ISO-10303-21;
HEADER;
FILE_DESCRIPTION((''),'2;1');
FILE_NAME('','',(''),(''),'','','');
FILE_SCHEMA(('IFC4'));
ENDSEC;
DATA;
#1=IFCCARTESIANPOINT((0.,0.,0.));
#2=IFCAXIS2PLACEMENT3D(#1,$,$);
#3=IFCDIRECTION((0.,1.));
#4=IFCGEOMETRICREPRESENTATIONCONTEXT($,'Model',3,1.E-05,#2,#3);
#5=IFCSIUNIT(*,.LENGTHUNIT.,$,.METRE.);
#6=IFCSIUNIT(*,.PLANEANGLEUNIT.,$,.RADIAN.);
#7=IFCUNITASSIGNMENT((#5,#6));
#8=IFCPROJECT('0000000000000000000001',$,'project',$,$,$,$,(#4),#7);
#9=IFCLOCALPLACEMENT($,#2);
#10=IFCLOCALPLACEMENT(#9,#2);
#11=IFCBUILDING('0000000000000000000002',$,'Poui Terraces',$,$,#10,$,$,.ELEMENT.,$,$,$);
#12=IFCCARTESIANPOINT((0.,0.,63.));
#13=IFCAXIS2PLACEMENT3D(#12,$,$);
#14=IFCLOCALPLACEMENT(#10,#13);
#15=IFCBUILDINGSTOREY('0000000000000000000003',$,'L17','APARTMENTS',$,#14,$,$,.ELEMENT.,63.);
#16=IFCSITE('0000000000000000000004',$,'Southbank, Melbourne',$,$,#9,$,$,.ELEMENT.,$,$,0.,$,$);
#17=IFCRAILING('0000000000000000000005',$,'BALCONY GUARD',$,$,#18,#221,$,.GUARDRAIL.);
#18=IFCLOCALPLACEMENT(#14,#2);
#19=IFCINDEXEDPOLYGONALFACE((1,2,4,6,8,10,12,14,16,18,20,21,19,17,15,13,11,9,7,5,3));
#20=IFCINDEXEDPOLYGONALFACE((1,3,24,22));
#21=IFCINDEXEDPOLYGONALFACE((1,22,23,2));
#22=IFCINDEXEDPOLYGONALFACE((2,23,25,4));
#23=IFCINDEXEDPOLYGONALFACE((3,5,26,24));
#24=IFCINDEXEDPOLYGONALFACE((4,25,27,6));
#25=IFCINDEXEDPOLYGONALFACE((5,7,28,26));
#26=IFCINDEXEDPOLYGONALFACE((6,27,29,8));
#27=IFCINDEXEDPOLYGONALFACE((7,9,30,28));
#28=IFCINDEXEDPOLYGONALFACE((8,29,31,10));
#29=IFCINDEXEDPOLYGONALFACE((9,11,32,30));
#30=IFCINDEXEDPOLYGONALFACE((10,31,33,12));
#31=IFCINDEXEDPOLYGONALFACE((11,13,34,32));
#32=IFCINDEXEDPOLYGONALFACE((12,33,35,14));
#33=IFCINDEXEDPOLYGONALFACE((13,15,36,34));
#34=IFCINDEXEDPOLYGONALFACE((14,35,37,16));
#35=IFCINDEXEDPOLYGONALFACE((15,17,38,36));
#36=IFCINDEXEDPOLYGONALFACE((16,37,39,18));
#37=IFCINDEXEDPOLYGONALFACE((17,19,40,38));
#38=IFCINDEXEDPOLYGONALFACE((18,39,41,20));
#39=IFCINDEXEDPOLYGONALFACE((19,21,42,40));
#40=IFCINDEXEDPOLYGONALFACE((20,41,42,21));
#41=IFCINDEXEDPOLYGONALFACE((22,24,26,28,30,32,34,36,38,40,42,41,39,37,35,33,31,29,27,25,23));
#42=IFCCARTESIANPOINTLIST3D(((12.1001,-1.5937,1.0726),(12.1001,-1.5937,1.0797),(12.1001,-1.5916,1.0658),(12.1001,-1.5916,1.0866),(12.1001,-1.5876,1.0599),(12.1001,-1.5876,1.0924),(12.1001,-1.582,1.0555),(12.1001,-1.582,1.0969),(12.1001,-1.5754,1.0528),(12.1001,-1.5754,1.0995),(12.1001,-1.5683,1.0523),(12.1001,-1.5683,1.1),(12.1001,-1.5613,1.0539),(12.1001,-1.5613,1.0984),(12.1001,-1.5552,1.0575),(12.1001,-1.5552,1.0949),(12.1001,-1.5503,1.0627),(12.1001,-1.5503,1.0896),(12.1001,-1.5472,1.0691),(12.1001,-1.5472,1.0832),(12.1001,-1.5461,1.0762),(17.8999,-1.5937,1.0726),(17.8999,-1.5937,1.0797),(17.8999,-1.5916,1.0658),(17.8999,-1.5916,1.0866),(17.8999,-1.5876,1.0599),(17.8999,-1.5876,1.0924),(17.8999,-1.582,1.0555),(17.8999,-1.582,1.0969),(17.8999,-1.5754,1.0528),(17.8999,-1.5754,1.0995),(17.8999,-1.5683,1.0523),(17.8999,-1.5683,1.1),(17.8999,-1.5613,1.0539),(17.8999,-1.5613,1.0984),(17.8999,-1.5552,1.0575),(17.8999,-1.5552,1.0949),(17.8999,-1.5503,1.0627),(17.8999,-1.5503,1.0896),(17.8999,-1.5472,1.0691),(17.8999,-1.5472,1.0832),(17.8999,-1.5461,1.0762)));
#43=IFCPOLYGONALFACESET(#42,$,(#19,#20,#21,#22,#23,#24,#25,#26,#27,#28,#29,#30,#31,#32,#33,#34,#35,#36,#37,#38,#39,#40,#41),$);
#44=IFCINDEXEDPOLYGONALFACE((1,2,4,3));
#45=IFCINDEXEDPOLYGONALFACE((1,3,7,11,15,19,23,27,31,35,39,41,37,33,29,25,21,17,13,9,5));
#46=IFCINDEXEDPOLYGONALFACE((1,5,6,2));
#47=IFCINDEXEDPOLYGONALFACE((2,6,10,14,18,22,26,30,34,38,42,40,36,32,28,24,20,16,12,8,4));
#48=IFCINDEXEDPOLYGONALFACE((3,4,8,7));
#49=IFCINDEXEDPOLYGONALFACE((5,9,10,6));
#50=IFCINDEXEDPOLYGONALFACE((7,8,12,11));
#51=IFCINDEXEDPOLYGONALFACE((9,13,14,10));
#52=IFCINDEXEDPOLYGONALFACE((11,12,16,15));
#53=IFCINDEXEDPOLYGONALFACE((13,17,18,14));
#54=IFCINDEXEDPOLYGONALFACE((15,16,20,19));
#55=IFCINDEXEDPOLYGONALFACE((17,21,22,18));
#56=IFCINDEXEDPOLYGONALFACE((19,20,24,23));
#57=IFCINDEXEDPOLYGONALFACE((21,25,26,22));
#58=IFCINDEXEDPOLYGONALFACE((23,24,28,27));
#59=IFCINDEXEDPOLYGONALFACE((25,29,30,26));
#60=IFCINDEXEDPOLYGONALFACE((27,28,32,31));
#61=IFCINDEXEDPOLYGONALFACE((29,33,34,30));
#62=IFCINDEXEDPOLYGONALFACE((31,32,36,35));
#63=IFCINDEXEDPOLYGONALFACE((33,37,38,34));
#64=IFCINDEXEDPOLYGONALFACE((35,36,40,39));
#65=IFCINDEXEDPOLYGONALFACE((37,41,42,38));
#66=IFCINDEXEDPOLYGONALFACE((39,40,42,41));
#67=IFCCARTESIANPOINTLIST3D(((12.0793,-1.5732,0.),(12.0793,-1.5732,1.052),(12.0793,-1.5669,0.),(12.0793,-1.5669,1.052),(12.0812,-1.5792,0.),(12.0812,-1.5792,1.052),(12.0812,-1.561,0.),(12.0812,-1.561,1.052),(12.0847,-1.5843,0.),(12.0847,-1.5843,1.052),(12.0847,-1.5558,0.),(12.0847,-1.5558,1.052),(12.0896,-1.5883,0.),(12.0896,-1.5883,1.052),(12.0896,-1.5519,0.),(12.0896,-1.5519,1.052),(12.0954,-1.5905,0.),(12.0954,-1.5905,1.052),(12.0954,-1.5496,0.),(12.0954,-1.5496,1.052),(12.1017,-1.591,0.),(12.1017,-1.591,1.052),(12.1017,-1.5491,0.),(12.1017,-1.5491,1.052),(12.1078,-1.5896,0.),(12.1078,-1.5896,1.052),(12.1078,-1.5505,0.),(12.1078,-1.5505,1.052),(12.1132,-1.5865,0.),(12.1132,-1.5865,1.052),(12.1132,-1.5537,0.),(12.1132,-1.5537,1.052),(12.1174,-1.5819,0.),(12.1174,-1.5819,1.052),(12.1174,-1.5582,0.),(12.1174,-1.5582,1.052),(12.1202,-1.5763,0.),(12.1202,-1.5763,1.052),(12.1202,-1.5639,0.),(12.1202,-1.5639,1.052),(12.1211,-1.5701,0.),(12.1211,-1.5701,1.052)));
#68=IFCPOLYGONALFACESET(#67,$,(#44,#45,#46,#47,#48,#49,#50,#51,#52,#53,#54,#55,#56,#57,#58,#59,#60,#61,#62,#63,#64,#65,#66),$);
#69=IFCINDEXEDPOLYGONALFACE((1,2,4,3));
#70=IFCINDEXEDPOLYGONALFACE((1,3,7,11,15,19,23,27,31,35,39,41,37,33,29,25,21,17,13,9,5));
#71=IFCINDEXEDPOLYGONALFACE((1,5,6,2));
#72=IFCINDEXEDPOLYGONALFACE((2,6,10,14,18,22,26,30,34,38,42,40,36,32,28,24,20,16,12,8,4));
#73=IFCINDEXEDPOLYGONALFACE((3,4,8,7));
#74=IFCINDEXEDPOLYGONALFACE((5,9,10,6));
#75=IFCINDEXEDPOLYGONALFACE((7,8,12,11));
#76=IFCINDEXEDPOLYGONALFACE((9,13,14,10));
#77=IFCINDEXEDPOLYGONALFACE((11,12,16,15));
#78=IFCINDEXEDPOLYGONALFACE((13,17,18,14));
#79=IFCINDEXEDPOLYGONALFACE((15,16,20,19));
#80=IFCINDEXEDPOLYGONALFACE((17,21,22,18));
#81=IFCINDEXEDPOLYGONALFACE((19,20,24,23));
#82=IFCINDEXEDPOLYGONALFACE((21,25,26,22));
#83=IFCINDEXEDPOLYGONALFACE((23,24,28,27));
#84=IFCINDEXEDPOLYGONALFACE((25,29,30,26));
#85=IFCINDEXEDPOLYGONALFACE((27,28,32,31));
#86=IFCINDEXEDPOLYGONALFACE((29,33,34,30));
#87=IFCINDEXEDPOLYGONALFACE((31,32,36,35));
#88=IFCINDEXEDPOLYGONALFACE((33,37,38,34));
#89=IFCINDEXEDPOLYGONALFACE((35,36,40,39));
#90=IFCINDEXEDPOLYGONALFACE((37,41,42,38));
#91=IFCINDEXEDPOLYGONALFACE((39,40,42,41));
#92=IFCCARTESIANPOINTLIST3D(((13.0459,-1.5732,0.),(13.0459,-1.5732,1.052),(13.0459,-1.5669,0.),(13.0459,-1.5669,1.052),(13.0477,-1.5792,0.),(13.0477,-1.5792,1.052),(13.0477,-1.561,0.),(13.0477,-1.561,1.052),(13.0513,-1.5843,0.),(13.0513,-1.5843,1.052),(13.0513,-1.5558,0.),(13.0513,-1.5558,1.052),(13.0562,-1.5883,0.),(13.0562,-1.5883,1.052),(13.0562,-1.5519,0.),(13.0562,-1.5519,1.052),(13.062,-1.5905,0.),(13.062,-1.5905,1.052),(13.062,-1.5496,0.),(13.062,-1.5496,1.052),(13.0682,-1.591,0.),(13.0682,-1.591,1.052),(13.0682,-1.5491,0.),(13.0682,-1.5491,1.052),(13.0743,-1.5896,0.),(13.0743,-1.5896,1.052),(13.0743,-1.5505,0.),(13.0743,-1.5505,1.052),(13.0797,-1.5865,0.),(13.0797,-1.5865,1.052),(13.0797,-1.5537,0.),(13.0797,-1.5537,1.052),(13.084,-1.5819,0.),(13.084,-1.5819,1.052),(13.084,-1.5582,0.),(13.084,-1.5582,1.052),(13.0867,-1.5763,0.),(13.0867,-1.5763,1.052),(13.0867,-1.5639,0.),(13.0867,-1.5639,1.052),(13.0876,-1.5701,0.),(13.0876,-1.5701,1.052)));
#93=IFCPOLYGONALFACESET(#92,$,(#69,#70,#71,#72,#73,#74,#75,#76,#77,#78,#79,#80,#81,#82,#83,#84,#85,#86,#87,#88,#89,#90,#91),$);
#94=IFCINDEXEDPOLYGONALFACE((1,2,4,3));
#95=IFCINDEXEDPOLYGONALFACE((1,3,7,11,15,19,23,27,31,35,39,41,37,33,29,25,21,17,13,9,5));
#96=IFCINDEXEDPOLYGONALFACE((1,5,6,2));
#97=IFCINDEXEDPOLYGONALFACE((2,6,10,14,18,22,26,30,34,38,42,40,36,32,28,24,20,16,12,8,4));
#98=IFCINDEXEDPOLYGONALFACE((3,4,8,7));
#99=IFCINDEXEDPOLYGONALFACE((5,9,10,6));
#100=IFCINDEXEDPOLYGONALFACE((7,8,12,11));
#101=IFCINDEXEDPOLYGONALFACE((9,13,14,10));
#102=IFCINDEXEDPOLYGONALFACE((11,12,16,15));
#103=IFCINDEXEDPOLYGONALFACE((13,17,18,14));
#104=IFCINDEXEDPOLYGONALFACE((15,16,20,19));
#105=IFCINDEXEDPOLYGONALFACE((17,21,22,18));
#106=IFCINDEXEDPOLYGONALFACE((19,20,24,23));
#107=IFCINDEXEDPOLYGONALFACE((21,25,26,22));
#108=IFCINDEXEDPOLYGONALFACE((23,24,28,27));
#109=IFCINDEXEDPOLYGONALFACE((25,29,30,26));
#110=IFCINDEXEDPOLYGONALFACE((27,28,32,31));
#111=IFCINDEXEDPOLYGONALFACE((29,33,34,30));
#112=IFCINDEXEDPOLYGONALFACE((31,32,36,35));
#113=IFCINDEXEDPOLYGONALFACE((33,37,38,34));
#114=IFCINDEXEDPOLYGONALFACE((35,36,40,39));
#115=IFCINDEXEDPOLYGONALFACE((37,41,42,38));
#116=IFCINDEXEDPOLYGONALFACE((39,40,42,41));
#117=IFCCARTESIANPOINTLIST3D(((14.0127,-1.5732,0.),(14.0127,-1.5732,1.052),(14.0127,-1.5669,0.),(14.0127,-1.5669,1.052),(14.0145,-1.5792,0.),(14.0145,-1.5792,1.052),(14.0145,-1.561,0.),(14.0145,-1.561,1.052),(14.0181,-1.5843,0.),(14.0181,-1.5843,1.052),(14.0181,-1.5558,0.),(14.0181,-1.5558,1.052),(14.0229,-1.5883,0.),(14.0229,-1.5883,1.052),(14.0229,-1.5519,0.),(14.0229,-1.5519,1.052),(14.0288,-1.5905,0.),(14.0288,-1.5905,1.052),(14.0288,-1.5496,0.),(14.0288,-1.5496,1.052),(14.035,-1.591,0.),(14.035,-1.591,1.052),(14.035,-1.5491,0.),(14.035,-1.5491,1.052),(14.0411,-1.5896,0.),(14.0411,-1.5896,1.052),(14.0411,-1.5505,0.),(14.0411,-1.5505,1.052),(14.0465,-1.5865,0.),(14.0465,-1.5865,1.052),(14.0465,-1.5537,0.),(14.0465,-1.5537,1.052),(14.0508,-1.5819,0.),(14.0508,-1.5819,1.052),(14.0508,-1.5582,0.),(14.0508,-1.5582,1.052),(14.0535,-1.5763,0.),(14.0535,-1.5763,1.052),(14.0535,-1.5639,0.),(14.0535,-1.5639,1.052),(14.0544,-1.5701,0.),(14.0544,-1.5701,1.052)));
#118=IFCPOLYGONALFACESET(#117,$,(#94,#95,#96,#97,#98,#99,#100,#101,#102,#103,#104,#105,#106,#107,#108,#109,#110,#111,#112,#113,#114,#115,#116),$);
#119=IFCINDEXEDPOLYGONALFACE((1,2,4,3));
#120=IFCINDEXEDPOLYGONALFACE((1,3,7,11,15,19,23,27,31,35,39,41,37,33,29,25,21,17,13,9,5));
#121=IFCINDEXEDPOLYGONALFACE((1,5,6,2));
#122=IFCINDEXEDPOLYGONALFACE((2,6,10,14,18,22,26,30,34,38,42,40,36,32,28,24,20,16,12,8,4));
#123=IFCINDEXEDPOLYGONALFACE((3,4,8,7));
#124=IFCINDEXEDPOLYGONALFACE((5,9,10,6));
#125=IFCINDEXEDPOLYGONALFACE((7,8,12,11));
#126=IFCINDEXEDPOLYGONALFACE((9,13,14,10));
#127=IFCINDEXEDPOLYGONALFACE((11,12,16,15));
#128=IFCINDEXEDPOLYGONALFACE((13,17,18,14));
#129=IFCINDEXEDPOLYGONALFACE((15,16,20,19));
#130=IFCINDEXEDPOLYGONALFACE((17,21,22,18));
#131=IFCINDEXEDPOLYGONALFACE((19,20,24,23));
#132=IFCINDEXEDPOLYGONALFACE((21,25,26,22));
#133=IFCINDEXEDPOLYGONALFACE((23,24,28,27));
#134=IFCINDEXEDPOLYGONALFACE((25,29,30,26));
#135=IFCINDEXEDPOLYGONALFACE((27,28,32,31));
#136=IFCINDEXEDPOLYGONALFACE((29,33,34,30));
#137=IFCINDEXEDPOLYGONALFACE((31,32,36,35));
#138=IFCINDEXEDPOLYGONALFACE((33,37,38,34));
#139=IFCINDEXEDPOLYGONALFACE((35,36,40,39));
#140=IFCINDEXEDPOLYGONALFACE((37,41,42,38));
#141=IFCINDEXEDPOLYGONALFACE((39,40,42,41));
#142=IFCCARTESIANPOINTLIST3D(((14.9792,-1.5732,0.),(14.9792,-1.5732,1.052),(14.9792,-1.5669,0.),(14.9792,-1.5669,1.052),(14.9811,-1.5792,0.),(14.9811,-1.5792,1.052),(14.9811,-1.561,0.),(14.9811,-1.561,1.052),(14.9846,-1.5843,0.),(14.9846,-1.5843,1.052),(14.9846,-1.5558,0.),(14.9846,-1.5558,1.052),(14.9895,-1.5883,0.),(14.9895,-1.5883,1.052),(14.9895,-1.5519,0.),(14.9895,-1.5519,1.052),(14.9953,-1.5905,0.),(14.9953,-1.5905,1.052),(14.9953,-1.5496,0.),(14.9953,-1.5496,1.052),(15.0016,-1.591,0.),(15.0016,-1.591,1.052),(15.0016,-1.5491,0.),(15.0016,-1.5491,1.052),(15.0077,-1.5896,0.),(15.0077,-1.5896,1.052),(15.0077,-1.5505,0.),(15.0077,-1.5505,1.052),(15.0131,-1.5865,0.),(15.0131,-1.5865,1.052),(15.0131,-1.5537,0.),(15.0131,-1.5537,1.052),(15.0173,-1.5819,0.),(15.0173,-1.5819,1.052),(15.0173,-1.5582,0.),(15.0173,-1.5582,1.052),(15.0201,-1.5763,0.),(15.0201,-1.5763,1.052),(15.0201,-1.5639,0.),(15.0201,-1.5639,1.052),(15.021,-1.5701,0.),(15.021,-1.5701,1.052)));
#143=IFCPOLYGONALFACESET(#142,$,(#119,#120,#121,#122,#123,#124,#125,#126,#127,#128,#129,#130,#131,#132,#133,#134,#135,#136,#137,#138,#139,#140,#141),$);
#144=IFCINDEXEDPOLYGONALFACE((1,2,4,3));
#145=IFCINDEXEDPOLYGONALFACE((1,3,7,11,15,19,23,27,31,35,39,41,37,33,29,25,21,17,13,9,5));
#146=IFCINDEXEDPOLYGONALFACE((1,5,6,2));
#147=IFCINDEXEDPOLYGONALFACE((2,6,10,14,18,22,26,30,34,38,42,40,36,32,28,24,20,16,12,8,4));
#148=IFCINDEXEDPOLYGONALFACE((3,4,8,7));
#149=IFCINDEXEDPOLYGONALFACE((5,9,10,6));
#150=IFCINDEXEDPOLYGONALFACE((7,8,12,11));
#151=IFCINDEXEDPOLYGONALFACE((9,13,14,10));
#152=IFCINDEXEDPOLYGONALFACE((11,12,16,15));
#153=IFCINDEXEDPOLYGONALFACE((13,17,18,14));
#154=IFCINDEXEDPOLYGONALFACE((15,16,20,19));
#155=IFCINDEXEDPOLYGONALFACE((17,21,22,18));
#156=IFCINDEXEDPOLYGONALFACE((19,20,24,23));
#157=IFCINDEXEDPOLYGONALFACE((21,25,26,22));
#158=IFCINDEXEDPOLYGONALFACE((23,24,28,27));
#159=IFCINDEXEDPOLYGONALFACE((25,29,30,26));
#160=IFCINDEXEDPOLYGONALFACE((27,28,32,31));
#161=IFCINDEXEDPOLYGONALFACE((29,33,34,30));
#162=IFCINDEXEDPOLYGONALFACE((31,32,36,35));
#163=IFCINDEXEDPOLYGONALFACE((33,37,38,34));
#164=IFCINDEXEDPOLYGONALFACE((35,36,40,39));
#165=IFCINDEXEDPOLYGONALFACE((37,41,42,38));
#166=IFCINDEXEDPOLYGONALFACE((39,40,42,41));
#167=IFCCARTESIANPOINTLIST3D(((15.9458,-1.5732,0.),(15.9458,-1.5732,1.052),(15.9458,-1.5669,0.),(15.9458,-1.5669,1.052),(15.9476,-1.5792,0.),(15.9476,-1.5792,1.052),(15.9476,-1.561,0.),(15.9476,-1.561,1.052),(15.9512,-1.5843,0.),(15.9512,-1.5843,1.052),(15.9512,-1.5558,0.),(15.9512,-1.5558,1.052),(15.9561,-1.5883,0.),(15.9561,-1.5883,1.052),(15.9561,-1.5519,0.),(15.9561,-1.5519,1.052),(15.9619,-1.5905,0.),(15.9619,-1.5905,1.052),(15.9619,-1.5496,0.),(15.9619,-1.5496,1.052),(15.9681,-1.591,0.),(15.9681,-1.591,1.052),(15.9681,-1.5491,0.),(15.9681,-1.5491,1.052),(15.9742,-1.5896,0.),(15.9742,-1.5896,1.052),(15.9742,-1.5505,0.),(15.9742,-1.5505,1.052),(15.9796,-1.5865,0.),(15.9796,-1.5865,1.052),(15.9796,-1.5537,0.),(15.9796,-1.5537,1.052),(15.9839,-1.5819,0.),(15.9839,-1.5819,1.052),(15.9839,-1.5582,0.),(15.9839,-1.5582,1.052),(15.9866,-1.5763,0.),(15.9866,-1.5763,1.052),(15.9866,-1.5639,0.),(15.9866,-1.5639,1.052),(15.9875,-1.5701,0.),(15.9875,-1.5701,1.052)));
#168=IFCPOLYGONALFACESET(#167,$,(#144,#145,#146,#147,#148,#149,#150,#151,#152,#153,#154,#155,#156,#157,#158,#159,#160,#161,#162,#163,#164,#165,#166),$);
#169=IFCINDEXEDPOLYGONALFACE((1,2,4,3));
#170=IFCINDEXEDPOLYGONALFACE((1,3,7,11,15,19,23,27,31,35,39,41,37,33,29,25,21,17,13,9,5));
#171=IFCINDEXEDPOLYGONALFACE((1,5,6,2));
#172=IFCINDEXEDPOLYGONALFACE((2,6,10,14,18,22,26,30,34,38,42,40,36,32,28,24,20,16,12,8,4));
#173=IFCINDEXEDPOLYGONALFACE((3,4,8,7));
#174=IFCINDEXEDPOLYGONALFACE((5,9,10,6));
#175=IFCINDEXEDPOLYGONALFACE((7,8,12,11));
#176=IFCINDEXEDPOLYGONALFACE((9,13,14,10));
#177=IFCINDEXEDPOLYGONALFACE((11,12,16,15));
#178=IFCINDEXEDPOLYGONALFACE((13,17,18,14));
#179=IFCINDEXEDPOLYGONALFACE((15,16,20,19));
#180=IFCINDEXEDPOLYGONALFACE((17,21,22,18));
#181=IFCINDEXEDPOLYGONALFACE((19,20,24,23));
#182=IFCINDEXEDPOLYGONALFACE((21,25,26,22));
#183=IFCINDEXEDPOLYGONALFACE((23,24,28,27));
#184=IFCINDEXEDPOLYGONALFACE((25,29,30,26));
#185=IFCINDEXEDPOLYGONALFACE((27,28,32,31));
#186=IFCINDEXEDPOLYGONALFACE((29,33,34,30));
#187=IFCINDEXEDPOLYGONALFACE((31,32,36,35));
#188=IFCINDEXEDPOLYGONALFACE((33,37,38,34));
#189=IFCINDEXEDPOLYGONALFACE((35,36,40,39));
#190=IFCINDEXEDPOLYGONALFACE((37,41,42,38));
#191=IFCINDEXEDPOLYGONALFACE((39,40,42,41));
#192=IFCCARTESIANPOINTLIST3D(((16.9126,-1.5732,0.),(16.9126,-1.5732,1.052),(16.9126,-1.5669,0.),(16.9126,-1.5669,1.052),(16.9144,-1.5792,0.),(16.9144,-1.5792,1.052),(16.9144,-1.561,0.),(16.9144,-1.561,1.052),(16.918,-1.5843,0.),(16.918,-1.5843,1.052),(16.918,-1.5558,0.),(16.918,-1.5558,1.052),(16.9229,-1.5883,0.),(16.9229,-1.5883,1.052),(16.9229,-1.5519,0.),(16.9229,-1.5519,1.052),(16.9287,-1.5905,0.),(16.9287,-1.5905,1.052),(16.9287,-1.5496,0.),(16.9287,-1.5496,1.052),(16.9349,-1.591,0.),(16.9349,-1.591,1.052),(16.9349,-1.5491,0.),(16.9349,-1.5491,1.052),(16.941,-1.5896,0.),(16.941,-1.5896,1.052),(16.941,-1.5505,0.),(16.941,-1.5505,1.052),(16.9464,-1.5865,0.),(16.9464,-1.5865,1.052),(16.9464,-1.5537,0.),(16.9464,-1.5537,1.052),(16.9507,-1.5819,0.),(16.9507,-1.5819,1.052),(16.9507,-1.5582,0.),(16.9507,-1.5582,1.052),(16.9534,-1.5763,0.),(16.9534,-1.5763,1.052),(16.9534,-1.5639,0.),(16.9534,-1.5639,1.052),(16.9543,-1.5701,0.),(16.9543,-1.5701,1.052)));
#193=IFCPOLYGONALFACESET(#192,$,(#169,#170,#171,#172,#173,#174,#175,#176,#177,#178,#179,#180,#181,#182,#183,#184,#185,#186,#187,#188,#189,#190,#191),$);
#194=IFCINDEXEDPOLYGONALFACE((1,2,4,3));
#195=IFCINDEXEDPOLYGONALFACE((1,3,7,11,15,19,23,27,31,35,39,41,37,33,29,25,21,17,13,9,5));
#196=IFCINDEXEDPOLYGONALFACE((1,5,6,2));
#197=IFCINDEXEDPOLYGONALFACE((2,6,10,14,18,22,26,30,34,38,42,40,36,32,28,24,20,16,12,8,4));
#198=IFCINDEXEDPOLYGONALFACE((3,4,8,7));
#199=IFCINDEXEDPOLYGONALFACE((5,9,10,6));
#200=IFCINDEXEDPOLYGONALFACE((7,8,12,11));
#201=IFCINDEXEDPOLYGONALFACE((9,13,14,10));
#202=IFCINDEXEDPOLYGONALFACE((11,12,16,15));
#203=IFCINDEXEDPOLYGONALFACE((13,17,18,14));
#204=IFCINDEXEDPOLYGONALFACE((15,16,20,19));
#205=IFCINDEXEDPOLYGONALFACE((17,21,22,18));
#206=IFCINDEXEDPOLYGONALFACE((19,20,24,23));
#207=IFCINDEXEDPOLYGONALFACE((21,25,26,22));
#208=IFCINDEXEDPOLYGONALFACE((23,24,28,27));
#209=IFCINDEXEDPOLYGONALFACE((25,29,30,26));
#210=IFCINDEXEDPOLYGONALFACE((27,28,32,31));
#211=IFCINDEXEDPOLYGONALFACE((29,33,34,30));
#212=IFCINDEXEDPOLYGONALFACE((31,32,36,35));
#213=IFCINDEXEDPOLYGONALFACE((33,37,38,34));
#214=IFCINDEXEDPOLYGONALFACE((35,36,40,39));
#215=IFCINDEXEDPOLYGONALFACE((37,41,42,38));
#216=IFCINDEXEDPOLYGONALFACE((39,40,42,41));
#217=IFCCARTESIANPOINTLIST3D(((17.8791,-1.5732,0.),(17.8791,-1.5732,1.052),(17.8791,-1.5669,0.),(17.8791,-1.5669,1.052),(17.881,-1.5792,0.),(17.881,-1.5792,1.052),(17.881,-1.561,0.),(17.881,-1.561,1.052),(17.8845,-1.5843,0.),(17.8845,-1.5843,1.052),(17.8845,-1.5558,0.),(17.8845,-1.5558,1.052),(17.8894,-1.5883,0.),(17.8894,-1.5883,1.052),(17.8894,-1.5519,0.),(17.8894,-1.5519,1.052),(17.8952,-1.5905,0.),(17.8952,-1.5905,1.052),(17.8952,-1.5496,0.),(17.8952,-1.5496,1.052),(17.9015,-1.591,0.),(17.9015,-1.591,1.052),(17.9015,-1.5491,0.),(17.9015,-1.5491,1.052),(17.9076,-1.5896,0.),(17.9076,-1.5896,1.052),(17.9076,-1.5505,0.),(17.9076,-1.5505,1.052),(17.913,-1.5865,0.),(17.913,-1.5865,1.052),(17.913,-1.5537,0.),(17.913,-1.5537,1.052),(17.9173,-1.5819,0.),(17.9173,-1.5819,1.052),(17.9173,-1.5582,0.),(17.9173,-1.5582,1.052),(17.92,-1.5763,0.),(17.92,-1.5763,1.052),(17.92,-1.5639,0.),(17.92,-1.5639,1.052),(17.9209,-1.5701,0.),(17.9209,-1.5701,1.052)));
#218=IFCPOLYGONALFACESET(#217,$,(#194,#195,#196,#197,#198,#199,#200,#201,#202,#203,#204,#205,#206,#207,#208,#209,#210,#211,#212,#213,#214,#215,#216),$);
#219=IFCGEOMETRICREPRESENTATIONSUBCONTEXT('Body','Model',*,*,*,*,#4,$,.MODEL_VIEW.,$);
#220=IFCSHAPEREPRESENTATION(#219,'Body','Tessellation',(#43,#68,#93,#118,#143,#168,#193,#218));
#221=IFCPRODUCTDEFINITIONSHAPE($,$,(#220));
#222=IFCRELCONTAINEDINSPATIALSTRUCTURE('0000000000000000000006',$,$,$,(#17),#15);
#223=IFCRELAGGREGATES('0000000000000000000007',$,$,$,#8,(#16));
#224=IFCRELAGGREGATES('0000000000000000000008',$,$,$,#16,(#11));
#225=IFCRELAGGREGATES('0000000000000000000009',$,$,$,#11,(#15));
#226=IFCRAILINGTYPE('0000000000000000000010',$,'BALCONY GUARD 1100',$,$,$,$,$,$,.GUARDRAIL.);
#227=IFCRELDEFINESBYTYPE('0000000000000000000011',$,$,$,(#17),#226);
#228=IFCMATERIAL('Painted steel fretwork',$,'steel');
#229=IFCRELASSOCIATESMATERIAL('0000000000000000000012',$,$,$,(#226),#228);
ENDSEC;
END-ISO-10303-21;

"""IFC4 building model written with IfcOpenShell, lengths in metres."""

from ifc_helpers import new_model, si_unit, direction, frame, origin, origin_2d, place, context, subcontext, project, spatial, circle, extrude, material, type_object, element, save


model = new_model("IFC4")

# Units and contexts
model_context = context("Model", 3, precision=1e-05, world=origin(), true_north=direction((0.0, 1.0)))
body_context = subcontext(model_context, "Body", "Model", "MODEL_VIEW")
ifc_project = project(units=[si_unit("LENGTHUNIT", "METRE"), si_unit("PLANEANGLEUNIT", "RADIAN")], contexts=[model_context])

# Site, building, storey
site_placement = place(None, origin())
site = spatial("IfcSite", under=ifc_project, at=site_placement, Name="Southbank, Melbourne", CompositionType="ELEMENT", RefElevation=0.0)
building_placement = place(site_placement, origin())
building = spatial("IfcBuilding", under=site, at=building_placement, Name="Poui Terraces", CompositionType="ELEMENT")
storey_placement = place(building_placement, frame((0.0, 0.0, 63.0)))
storey = spatial("IfcBuildingStorey", under=building, at=storey_placement, Name="L17", Description="APARTMENTS", CompositionType="ELEMENT", Elevation=63.0)

# Railing
ifc_material_1 = material(Name="Painted steel fretwork", Category="steel")
railing_type = type_object("IfcRailingType", Name="BALCONY GUARD 1100", PredefinedType="GUARDRAIL", material=ifc_material_1)
railing_placement = place(storey_placement, frame((12.1001, -1.5701, 0.0)))
element("IfcRailing", 1, at=railing_placement, inside=storey, type_object=railing_type, Name="BALCONY GUARD", PredefinedType="GUARDRAIL", context=body_context, shape_type="SweptSolid", body=[
    extrude(circle(Radius=0.0239, at=origin_2d()), frame((0.0, 0.0, 1.0762), z_axis=(1.0, 0.0, 0.0), x_axis=(0.0, 1.0, 0.0)), (0.0, 0.0, 1.0), 5.7998),
    extrude(circle(Radius=0.021, at=origin_2d()), origin(), (0.0, 0.0, 1.0), 1.052),
    extrude(circle(Radius=0.021, at=origin_2d()), frame((0.9666, 0.0, 0.0)), (0.0, 0.0, 1.0), 1.052),
    extrude(circle(Radius=0.021, at=origin_2d()), frame((1.9333, 0.0, 0.0)), (0.0, 0.0, 1.0), 1.052),
    extrude(circle(Radius=0.021, at=origin_2d()), frame((2.8999, 0.0, 0.0)), (0.0, 0.0, 1.0), 1.052),
    extrude(circle(Radius=0.021, at=origin_2d()), frame((3.8665, 0.0, 0.0)), (0.0, 0.0, 1.0), 1.052),
    extrude(circle(Radius=0.021, at=origin_2d()), frame((4.8333, 0.0, 0.0)), (0.0, 0.0, 1.0), 1.052),
    extrude(circle(Radius=0.021, at=origin_2d()), frame((5.7998, 0.0, 0.0)), (0.0, 0.0, 1.0), 1.052),
])

save(model, "model.ifc")
